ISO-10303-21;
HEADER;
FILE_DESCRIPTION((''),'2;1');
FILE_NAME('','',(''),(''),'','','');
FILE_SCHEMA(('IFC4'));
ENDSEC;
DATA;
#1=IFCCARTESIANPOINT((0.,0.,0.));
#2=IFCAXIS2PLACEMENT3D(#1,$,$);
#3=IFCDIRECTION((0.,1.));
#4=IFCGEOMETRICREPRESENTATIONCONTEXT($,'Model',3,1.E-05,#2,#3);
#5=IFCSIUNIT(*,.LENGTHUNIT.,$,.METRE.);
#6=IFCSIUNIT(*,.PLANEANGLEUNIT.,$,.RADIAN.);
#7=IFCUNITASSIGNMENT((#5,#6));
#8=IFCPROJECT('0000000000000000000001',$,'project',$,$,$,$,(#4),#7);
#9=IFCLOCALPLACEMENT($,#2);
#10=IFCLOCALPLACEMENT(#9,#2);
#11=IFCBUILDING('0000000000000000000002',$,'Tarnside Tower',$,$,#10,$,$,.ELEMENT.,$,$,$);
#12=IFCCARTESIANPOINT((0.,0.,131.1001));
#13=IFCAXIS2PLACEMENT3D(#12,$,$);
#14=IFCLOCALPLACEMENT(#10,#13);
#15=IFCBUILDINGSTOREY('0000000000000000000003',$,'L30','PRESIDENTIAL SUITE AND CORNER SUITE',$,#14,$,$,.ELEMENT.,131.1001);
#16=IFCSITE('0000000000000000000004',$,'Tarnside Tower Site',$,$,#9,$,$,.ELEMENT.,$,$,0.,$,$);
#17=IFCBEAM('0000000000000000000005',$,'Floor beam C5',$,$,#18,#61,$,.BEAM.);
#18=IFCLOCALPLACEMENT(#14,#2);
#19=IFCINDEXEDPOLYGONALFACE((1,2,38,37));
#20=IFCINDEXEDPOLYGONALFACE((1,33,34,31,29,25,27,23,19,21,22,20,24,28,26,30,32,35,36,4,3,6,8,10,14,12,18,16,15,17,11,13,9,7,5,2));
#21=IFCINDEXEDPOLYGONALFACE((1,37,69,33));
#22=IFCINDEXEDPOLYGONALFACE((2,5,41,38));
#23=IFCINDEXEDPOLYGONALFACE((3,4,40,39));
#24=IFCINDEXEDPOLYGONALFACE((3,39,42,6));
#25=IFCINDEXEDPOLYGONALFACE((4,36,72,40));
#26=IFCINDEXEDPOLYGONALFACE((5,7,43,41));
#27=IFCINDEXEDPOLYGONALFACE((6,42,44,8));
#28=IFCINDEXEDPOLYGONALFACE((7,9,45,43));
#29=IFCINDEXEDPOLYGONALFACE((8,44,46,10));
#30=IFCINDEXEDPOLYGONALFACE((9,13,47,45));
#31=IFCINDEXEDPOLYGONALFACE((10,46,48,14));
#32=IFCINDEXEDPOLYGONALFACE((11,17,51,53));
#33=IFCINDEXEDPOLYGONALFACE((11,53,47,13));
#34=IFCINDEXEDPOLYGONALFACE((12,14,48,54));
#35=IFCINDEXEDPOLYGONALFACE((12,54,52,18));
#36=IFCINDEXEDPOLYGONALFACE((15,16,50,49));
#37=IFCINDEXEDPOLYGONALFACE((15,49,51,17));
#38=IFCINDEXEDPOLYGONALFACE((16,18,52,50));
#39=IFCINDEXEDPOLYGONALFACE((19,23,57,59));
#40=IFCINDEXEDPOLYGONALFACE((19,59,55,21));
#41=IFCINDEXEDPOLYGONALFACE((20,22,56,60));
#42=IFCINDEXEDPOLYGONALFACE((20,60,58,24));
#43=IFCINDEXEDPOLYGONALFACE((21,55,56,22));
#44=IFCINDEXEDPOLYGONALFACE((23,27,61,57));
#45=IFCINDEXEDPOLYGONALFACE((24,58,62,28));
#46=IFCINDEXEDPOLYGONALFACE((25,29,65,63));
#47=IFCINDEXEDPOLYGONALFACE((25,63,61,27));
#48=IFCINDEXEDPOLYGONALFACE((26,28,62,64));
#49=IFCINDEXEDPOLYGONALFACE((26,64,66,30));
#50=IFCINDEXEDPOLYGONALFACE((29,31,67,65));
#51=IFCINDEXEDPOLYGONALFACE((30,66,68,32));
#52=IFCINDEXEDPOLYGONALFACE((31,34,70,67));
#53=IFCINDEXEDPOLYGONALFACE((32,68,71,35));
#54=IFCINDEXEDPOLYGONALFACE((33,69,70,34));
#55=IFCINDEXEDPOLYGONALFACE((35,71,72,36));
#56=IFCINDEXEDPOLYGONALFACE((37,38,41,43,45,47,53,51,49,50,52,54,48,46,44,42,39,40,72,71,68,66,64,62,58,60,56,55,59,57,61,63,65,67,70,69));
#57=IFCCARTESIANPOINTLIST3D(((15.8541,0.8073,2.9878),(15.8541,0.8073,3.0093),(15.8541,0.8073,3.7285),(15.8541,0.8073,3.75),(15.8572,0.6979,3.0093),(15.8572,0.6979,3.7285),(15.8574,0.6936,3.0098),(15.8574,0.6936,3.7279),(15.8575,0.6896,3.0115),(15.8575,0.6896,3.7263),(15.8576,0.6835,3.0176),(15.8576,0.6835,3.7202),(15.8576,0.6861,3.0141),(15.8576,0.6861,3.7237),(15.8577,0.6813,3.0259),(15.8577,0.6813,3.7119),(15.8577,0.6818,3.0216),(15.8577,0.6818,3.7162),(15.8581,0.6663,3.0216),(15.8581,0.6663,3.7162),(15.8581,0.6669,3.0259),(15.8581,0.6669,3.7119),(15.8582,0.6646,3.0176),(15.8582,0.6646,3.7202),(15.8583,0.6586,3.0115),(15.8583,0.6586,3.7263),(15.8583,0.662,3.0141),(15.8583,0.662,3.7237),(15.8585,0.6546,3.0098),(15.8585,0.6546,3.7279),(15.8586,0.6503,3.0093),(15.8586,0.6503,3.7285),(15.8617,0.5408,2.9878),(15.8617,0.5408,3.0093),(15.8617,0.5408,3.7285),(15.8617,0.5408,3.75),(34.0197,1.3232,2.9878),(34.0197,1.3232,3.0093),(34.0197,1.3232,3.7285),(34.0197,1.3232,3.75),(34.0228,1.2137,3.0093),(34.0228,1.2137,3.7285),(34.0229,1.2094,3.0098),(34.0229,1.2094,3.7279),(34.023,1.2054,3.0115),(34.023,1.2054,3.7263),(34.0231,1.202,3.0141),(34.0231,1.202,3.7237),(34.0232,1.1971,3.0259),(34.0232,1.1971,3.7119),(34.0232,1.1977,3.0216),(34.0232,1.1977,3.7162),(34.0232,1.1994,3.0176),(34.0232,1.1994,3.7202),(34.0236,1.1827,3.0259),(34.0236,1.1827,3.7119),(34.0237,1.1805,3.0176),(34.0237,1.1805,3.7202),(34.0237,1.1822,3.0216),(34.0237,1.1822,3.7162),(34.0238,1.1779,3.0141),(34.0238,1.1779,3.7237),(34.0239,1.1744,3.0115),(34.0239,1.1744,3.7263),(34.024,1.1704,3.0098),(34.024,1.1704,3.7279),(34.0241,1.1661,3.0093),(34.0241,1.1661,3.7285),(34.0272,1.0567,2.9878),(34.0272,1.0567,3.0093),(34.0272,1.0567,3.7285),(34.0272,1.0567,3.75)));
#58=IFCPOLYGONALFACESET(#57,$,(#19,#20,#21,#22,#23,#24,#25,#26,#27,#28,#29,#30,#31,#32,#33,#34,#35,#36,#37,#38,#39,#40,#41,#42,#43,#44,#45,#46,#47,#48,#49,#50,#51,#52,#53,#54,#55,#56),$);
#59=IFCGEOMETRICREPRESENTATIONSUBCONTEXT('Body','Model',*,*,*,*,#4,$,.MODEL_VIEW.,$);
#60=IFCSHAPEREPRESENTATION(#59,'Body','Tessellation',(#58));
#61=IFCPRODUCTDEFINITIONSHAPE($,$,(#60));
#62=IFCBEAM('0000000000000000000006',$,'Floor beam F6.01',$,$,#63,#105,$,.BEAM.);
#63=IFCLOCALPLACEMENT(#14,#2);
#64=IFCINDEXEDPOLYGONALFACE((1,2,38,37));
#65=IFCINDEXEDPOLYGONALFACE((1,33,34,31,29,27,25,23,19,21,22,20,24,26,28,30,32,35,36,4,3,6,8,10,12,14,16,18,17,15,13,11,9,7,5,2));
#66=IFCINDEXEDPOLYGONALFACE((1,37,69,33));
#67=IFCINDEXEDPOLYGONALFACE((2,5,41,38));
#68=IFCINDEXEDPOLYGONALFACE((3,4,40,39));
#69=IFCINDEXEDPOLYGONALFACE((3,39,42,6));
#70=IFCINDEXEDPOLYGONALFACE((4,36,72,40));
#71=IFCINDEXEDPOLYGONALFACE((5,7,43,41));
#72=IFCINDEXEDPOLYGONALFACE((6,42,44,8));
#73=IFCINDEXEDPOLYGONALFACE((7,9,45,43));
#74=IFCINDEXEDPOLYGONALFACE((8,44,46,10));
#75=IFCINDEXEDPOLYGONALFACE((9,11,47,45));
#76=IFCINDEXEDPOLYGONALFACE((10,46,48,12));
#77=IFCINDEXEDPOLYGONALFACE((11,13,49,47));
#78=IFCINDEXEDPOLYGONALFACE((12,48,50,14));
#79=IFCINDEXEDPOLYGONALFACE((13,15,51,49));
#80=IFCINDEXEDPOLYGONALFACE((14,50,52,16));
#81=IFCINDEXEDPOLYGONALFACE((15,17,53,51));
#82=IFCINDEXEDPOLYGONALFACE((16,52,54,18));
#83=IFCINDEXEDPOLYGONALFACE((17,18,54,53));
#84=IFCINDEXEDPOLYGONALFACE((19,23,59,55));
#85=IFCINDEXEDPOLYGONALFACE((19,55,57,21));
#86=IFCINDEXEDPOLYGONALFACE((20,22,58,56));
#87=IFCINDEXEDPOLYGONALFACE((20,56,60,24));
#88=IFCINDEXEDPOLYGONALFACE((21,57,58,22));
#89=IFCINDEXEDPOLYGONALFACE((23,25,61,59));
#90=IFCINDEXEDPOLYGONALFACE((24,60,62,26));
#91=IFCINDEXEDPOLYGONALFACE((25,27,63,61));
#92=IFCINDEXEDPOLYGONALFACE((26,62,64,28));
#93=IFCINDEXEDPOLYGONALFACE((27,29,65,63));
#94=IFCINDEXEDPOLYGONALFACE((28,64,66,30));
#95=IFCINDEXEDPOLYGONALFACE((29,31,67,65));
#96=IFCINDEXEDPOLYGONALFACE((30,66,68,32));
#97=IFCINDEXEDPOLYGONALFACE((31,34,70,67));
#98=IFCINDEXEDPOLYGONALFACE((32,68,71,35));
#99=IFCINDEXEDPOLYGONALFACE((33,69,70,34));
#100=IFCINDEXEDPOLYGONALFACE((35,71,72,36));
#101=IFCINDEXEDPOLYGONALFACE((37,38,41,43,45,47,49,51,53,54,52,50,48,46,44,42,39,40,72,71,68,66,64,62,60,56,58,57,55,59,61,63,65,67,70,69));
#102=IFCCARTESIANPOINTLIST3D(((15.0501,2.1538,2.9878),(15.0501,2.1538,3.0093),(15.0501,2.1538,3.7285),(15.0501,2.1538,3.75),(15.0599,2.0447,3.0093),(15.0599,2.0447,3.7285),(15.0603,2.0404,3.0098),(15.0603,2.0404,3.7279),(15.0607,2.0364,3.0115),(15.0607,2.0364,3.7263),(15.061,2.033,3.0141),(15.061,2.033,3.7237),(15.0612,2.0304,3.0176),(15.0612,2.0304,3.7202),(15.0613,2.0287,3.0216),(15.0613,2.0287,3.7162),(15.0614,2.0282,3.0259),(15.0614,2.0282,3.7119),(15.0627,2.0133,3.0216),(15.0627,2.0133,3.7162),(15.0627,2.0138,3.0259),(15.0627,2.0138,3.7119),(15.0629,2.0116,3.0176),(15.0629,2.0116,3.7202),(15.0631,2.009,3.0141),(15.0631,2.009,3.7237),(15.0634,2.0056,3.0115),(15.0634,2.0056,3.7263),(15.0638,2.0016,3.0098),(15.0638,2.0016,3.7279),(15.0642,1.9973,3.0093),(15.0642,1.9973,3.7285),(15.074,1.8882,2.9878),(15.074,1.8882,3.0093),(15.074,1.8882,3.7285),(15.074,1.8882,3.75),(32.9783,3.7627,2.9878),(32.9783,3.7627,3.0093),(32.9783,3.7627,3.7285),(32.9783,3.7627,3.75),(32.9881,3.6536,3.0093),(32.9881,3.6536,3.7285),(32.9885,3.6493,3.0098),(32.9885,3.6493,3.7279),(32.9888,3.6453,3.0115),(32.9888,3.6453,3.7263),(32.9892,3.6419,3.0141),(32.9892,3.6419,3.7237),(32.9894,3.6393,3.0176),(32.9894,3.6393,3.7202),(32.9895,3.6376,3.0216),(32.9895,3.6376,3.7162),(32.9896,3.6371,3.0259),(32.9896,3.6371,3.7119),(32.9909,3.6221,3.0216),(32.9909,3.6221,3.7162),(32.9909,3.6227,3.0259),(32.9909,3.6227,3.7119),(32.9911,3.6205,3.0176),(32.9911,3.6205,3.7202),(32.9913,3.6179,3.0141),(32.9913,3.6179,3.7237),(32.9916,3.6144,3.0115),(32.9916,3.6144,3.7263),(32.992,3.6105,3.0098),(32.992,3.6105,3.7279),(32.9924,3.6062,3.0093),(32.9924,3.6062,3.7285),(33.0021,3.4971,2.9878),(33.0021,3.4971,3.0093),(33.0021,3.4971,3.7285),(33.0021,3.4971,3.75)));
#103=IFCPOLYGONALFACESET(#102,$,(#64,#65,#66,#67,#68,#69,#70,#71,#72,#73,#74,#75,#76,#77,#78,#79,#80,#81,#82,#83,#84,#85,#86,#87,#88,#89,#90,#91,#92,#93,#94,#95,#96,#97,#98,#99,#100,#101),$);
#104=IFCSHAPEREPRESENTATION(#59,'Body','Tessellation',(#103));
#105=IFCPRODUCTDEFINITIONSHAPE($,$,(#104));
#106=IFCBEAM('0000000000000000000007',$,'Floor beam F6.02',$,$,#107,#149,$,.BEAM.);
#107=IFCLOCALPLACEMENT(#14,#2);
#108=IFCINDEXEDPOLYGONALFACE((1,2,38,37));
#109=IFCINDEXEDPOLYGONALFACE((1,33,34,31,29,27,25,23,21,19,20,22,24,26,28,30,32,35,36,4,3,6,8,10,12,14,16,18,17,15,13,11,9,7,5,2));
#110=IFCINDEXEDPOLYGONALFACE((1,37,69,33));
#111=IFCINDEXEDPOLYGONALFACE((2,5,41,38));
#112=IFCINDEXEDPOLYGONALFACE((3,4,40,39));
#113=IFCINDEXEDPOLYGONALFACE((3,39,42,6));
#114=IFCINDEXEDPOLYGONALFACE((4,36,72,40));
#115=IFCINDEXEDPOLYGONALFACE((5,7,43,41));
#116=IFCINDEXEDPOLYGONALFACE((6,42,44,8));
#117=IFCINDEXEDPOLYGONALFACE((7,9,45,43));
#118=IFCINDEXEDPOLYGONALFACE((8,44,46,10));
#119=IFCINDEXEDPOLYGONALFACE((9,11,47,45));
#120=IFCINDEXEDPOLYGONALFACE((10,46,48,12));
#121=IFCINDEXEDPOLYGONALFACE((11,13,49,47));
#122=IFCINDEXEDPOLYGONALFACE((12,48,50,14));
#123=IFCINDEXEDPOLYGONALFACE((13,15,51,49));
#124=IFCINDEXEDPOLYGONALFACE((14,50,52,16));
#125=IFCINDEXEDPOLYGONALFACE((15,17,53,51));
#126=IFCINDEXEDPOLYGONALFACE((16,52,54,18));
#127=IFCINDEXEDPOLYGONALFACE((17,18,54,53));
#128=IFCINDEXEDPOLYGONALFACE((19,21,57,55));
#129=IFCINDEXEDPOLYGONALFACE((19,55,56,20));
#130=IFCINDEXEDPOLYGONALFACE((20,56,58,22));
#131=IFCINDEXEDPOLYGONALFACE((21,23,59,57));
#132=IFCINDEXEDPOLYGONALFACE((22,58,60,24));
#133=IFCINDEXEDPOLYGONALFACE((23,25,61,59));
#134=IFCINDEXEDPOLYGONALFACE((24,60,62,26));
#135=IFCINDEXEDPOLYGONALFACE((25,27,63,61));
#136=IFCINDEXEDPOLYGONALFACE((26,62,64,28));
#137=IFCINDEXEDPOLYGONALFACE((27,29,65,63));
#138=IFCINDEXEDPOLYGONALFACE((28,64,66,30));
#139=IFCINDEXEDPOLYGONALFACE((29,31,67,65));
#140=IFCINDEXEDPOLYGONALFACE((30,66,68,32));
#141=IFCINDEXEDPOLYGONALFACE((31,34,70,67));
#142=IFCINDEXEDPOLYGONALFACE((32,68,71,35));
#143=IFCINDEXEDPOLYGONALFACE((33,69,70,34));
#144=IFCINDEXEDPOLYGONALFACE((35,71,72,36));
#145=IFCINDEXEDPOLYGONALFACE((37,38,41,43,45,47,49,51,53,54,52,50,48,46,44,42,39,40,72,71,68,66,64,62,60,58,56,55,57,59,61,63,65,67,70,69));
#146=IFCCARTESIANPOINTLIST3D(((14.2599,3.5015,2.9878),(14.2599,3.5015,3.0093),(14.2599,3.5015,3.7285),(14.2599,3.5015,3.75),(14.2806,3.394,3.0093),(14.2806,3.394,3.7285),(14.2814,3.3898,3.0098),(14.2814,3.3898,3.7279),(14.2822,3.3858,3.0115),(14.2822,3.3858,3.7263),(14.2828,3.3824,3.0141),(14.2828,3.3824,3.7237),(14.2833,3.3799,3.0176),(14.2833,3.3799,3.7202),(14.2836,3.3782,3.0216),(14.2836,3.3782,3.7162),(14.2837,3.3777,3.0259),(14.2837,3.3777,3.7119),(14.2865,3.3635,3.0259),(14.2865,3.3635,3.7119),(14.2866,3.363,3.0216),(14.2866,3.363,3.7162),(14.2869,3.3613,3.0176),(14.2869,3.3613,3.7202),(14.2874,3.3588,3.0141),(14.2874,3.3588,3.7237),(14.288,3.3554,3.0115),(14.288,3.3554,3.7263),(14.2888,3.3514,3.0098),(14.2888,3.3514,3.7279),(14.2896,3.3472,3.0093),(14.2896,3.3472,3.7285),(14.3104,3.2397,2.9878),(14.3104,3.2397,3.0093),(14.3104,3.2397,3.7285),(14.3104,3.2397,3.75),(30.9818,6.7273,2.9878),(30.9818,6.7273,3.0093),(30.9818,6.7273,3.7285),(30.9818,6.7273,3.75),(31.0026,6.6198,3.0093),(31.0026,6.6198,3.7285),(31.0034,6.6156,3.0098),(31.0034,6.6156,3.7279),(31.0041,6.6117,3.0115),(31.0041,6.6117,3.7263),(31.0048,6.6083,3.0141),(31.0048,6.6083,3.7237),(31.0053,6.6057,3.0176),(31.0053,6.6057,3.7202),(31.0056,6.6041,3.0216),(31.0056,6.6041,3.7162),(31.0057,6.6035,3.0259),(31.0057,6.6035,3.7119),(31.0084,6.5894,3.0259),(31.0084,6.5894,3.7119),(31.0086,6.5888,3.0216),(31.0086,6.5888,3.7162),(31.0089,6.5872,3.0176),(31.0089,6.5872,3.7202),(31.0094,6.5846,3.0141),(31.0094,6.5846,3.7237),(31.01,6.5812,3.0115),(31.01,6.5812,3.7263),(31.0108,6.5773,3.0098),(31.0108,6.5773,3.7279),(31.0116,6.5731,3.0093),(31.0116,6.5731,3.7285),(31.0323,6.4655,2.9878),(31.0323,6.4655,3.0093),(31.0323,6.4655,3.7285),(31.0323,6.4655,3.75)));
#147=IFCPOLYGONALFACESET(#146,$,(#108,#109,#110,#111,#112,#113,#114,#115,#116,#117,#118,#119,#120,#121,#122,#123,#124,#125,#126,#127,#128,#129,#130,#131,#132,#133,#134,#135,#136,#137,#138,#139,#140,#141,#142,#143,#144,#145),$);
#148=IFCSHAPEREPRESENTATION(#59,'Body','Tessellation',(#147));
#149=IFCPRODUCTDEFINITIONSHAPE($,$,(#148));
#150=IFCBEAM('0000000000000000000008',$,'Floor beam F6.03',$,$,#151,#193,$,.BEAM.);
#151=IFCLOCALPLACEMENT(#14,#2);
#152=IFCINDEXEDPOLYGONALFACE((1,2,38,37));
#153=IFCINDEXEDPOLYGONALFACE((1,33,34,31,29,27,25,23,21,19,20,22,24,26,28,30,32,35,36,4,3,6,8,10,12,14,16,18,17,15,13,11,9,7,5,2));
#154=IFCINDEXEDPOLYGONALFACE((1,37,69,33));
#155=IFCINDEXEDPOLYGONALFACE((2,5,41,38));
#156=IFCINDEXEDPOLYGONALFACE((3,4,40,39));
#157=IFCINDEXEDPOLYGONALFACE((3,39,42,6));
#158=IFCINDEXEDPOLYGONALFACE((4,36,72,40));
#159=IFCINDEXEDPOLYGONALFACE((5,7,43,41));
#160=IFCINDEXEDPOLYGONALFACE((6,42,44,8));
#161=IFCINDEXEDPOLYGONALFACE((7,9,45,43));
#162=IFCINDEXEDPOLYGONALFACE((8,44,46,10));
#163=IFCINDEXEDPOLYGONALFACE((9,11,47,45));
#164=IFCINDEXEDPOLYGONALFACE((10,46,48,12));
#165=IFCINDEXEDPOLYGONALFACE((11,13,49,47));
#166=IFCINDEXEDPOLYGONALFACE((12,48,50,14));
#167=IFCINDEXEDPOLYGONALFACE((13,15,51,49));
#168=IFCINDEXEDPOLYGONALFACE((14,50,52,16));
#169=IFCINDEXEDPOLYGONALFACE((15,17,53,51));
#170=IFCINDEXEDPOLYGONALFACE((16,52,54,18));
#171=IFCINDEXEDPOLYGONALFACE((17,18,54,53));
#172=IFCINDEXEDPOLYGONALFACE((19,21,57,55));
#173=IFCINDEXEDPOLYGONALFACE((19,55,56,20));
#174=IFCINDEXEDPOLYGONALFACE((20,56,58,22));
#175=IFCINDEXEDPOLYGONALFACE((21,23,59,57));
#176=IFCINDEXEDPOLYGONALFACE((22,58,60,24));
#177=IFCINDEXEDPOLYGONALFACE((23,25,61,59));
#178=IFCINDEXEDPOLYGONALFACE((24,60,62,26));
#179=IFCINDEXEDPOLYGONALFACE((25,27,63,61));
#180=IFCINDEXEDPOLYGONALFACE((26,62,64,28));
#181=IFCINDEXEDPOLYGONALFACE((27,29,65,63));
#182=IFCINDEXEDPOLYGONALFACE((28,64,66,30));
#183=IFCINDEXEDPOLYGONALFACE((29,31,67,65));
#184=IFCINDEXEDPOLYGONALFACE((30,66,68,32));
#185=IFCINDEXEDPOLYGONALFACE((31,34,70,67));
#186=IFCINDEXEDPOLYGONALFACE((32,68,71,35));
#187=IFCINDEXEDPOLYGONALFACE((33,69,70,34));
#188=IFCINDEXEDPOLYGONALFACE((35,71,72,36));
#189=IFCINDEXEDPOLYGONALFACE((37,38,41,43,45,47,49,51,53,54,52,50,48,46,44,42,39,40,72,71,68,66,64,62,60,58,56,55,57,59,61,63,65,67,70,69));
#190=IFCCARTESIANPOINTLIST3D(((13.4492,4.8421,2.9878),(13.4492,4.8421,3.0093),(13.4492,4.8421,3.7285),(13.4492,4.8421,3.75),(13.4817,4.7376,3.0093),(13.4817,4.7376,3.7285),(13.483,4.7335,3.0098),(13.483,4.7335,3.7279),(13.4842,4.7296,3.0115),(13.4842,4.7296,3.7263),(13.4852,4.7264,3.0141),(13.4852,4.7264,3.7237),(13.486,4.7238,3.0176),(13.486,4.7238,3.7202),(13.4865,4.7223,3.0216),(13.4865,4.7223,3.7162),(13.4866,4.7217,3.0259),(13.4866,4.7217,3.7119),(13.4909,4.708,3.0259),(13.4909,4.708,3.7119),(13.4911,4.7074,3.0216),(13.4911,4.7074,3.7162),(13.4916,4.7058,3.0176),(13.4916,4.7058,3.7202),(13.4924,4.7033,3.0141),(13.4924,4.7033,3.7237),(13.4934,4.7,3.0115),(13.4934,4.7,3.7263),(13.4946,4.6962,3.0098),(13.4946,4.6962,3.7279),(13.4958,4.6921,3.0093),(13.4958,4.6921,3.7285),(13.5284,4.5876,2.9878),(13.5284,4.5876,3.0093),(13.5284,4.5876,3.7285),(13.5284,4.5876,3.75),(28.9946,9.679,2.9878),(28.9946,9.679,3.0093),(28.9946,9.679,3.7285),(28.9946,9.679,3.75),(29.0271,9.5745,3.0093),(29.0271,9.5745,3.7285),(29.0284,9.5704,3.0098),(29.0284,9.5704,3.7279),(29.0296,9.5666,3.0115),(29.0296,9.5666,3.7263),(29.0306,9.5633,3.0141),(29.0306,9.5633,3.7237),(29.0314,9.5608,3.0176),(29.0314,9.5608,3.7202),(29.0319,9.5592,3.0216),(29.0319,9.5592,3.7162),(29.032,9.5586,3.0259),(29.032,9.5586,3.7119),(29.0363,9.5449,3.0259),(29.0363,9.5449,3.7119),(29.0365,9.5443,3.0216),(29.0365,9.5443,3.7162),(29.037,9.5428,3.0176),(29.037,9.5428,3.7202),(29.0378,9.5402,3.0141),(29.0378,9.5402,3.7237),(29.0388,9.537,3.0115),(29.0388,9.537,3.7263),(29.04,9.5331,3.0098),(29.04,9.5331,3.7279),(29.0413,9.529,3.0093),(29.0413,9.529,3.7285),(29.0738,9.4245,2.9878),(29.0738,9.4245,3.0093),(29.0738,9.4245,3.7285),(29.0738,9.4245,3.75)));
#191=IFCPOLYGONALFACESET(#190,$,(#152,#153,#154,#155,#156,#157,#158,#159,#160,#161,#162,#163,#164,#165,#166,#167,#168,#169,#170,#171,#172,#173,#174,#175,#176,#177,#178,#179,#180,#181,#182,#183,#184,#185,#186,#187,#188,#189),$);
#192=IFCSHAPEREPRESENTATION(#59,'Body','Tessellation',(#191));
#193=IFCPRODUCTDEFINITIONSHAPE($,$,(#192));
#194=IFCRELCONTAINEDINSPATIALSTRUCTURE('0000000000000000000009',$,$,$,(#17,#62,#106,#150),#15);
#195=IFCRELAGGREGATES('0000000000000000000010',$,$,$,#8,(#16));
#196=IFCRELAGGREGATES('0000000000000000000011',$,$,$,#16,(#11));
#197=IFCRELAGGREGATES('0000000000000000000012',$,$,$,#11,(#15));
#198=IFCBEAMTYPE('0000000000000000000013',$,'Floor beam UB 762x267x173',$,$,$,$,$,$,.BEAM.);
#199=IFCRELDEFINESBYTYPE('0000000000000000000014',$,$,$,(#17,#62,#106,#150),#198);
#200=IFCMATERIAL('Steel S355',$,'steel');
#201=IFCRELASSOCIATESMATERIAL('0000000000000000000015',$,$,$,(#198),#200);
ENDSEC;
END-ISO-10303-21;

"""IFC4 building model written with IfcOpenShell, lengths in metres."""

from ifc_helpers import new_model, si_unit, direction, frame, origin, origin_2d, place, context, subcontext, project, spatial, i_section, extrude, material, material_profile, profile_set, type_object, element, save


model = new_model("IFC4")

# Units and contexts
model_context = context("Model", 3, precision=1e-05, world=origin(), true_north=direction((0.0, 1.0)))
body_context = subcontext(model_context, "Body", "Model", "MODEL_VIEW")
ifc_project = project(units=[si_unit("LENGTHUNIT", "METRE"), si_unit("PLANEANGLEUNIT", "RADIAN")], contexts=[model_context])

# Site, building, storey
site_placement = place(None, origin())
site = spatial("IfcSite", under=ifc_project, at=site_placement, Name="Tarnside Tower Site", CompositionType="ELEMENT", RefElevation=0.0)
building_placement = place(site_placement, origin())
building = spatial("IfcBuilding", under=site, at=building_placement, Name="Tarnside Tower", CompositionType="ELEMENT")
storey_placement = place(building_placement, frame((0.0, 0.0, 131.1001)))
storey = spatial("IfcBuildingStorey", under=building, at=storey_placement, Name="L30", Description="PRESIDENTIAL SUITE AND CORNER SUITE", CompositionType="ELEMENT", Elevation=131.1001)

# Beams
ifc_material_1 = material(Name="Steel S355", Category="steel")
ifc_material_profile = material_profile(ifc_material_1, i_section(OverallWidth=0.2666, OverallDepth=0.7622, WebThickness=0.0144, FlangeThickness=0.0215, FilletRadius=0.0166, at=origin_2d()), Name="UB 762x267x173")
ifc_profile_set = profile_set([ifc_material_profile], Name="Steel S355")
beam_type = type_object("IfcBeamType", Name="Floor beam UB 762x267x173", PredefinedType="BEAM", material=ifc_profile_set)
beam_1_placement = place(storey_placement, frame((34.0234, 1.1899, 3.3689), z_axis=(-0.999597, -0.028387, 0.0), x_axis=(0.028387, -0.999597, 0.0)))
element("IfcBeam", 1, at=beam_1_placement, inside=storey, type_object=beam_type, Name="Floor beam C5", PredefinedType="BEAM", context=body_context, shape_type="SweptSolid", body=[
    extrude(i_section(OverallWidth=0.2666, OverallDepth=0.7622, WebThickness=0.0144, FlangeThickness=0.0215, FilletRadius=0.0166, at=origin_2d()), origin(), (0.0, 0.0, 1.0), 18.1729),
])
beam_2_placement = place(storey_placement, frame((32.9902, 3.6299, 3.3689), z_axis=(-0.995997, -0.089381, 0.0), x_axis=(0.089381, -0.995997, 0.0)))
element("IfcBeam", 2, at=beam_2_placement, inside=storey, type_object=beam_type, Name="Floor beam F6.01", PredefinedType="BEAM", context=body_context, shape_type="SweptSolid", body=[
    extrude(i_section(OverallWidth=0.2666, OverallDepth=0.7622, WebThickness=0.0144, FlangeThickness=0.0215, FilletRadius=0.0166, at=origin_2d()), origin(), (0.0, 0.0, 1.0), 18.0002),
])
beam_3_placement = place(storey_placement, frame((31.0071, 6.5964, 3.3689), z_axis=(-0.981897, -0.189418, 0.0), x_axis=(0.189418, -0.981897, 0.0)))
element("IfcBeam", 3, at=beam_3_placement, inside=storey, type_object=beam_type, Name="Floor beam F6.02", PredefinedType="BEAM", context=body_context, shape_type="SweptSolid", body=[
    extrude(i_section(OverallWidth=0.2666, OverallDepth=0.7622, WebThickness=0.0144, FlangeThickness=0.0215, FilletRadius=0.0166, at=origin_2d()), origin(), (0.0, 0.0, 1.0), 17.0303),
])
beam_4_placement = place(storey_placement, frame((29.0342, 9.5518, 3.3689), z_axis=(-0.954847, -0.297098, 0.0), x_axis=(0.297098, -0.954847, 0.0)))
element("IfcBeam", 4, at=beam_4_placement, inside=storey, type_object=beam_type, Name="Floor beam F6.03", PredefinedType="BEAM", context=body_context, shape_type="SweptSolid", body=[
    extrude(i_section(OverallWidth=0.2666, OverallDepth=0.7622, WebThickness=0.0144, FlangeThickness=0.0215, FilletRadius=0.0166, at=origin_2d()), origin(), (0.0, 0.0, 1.0), 16.2805),
])

save(model, "model.ifc")
